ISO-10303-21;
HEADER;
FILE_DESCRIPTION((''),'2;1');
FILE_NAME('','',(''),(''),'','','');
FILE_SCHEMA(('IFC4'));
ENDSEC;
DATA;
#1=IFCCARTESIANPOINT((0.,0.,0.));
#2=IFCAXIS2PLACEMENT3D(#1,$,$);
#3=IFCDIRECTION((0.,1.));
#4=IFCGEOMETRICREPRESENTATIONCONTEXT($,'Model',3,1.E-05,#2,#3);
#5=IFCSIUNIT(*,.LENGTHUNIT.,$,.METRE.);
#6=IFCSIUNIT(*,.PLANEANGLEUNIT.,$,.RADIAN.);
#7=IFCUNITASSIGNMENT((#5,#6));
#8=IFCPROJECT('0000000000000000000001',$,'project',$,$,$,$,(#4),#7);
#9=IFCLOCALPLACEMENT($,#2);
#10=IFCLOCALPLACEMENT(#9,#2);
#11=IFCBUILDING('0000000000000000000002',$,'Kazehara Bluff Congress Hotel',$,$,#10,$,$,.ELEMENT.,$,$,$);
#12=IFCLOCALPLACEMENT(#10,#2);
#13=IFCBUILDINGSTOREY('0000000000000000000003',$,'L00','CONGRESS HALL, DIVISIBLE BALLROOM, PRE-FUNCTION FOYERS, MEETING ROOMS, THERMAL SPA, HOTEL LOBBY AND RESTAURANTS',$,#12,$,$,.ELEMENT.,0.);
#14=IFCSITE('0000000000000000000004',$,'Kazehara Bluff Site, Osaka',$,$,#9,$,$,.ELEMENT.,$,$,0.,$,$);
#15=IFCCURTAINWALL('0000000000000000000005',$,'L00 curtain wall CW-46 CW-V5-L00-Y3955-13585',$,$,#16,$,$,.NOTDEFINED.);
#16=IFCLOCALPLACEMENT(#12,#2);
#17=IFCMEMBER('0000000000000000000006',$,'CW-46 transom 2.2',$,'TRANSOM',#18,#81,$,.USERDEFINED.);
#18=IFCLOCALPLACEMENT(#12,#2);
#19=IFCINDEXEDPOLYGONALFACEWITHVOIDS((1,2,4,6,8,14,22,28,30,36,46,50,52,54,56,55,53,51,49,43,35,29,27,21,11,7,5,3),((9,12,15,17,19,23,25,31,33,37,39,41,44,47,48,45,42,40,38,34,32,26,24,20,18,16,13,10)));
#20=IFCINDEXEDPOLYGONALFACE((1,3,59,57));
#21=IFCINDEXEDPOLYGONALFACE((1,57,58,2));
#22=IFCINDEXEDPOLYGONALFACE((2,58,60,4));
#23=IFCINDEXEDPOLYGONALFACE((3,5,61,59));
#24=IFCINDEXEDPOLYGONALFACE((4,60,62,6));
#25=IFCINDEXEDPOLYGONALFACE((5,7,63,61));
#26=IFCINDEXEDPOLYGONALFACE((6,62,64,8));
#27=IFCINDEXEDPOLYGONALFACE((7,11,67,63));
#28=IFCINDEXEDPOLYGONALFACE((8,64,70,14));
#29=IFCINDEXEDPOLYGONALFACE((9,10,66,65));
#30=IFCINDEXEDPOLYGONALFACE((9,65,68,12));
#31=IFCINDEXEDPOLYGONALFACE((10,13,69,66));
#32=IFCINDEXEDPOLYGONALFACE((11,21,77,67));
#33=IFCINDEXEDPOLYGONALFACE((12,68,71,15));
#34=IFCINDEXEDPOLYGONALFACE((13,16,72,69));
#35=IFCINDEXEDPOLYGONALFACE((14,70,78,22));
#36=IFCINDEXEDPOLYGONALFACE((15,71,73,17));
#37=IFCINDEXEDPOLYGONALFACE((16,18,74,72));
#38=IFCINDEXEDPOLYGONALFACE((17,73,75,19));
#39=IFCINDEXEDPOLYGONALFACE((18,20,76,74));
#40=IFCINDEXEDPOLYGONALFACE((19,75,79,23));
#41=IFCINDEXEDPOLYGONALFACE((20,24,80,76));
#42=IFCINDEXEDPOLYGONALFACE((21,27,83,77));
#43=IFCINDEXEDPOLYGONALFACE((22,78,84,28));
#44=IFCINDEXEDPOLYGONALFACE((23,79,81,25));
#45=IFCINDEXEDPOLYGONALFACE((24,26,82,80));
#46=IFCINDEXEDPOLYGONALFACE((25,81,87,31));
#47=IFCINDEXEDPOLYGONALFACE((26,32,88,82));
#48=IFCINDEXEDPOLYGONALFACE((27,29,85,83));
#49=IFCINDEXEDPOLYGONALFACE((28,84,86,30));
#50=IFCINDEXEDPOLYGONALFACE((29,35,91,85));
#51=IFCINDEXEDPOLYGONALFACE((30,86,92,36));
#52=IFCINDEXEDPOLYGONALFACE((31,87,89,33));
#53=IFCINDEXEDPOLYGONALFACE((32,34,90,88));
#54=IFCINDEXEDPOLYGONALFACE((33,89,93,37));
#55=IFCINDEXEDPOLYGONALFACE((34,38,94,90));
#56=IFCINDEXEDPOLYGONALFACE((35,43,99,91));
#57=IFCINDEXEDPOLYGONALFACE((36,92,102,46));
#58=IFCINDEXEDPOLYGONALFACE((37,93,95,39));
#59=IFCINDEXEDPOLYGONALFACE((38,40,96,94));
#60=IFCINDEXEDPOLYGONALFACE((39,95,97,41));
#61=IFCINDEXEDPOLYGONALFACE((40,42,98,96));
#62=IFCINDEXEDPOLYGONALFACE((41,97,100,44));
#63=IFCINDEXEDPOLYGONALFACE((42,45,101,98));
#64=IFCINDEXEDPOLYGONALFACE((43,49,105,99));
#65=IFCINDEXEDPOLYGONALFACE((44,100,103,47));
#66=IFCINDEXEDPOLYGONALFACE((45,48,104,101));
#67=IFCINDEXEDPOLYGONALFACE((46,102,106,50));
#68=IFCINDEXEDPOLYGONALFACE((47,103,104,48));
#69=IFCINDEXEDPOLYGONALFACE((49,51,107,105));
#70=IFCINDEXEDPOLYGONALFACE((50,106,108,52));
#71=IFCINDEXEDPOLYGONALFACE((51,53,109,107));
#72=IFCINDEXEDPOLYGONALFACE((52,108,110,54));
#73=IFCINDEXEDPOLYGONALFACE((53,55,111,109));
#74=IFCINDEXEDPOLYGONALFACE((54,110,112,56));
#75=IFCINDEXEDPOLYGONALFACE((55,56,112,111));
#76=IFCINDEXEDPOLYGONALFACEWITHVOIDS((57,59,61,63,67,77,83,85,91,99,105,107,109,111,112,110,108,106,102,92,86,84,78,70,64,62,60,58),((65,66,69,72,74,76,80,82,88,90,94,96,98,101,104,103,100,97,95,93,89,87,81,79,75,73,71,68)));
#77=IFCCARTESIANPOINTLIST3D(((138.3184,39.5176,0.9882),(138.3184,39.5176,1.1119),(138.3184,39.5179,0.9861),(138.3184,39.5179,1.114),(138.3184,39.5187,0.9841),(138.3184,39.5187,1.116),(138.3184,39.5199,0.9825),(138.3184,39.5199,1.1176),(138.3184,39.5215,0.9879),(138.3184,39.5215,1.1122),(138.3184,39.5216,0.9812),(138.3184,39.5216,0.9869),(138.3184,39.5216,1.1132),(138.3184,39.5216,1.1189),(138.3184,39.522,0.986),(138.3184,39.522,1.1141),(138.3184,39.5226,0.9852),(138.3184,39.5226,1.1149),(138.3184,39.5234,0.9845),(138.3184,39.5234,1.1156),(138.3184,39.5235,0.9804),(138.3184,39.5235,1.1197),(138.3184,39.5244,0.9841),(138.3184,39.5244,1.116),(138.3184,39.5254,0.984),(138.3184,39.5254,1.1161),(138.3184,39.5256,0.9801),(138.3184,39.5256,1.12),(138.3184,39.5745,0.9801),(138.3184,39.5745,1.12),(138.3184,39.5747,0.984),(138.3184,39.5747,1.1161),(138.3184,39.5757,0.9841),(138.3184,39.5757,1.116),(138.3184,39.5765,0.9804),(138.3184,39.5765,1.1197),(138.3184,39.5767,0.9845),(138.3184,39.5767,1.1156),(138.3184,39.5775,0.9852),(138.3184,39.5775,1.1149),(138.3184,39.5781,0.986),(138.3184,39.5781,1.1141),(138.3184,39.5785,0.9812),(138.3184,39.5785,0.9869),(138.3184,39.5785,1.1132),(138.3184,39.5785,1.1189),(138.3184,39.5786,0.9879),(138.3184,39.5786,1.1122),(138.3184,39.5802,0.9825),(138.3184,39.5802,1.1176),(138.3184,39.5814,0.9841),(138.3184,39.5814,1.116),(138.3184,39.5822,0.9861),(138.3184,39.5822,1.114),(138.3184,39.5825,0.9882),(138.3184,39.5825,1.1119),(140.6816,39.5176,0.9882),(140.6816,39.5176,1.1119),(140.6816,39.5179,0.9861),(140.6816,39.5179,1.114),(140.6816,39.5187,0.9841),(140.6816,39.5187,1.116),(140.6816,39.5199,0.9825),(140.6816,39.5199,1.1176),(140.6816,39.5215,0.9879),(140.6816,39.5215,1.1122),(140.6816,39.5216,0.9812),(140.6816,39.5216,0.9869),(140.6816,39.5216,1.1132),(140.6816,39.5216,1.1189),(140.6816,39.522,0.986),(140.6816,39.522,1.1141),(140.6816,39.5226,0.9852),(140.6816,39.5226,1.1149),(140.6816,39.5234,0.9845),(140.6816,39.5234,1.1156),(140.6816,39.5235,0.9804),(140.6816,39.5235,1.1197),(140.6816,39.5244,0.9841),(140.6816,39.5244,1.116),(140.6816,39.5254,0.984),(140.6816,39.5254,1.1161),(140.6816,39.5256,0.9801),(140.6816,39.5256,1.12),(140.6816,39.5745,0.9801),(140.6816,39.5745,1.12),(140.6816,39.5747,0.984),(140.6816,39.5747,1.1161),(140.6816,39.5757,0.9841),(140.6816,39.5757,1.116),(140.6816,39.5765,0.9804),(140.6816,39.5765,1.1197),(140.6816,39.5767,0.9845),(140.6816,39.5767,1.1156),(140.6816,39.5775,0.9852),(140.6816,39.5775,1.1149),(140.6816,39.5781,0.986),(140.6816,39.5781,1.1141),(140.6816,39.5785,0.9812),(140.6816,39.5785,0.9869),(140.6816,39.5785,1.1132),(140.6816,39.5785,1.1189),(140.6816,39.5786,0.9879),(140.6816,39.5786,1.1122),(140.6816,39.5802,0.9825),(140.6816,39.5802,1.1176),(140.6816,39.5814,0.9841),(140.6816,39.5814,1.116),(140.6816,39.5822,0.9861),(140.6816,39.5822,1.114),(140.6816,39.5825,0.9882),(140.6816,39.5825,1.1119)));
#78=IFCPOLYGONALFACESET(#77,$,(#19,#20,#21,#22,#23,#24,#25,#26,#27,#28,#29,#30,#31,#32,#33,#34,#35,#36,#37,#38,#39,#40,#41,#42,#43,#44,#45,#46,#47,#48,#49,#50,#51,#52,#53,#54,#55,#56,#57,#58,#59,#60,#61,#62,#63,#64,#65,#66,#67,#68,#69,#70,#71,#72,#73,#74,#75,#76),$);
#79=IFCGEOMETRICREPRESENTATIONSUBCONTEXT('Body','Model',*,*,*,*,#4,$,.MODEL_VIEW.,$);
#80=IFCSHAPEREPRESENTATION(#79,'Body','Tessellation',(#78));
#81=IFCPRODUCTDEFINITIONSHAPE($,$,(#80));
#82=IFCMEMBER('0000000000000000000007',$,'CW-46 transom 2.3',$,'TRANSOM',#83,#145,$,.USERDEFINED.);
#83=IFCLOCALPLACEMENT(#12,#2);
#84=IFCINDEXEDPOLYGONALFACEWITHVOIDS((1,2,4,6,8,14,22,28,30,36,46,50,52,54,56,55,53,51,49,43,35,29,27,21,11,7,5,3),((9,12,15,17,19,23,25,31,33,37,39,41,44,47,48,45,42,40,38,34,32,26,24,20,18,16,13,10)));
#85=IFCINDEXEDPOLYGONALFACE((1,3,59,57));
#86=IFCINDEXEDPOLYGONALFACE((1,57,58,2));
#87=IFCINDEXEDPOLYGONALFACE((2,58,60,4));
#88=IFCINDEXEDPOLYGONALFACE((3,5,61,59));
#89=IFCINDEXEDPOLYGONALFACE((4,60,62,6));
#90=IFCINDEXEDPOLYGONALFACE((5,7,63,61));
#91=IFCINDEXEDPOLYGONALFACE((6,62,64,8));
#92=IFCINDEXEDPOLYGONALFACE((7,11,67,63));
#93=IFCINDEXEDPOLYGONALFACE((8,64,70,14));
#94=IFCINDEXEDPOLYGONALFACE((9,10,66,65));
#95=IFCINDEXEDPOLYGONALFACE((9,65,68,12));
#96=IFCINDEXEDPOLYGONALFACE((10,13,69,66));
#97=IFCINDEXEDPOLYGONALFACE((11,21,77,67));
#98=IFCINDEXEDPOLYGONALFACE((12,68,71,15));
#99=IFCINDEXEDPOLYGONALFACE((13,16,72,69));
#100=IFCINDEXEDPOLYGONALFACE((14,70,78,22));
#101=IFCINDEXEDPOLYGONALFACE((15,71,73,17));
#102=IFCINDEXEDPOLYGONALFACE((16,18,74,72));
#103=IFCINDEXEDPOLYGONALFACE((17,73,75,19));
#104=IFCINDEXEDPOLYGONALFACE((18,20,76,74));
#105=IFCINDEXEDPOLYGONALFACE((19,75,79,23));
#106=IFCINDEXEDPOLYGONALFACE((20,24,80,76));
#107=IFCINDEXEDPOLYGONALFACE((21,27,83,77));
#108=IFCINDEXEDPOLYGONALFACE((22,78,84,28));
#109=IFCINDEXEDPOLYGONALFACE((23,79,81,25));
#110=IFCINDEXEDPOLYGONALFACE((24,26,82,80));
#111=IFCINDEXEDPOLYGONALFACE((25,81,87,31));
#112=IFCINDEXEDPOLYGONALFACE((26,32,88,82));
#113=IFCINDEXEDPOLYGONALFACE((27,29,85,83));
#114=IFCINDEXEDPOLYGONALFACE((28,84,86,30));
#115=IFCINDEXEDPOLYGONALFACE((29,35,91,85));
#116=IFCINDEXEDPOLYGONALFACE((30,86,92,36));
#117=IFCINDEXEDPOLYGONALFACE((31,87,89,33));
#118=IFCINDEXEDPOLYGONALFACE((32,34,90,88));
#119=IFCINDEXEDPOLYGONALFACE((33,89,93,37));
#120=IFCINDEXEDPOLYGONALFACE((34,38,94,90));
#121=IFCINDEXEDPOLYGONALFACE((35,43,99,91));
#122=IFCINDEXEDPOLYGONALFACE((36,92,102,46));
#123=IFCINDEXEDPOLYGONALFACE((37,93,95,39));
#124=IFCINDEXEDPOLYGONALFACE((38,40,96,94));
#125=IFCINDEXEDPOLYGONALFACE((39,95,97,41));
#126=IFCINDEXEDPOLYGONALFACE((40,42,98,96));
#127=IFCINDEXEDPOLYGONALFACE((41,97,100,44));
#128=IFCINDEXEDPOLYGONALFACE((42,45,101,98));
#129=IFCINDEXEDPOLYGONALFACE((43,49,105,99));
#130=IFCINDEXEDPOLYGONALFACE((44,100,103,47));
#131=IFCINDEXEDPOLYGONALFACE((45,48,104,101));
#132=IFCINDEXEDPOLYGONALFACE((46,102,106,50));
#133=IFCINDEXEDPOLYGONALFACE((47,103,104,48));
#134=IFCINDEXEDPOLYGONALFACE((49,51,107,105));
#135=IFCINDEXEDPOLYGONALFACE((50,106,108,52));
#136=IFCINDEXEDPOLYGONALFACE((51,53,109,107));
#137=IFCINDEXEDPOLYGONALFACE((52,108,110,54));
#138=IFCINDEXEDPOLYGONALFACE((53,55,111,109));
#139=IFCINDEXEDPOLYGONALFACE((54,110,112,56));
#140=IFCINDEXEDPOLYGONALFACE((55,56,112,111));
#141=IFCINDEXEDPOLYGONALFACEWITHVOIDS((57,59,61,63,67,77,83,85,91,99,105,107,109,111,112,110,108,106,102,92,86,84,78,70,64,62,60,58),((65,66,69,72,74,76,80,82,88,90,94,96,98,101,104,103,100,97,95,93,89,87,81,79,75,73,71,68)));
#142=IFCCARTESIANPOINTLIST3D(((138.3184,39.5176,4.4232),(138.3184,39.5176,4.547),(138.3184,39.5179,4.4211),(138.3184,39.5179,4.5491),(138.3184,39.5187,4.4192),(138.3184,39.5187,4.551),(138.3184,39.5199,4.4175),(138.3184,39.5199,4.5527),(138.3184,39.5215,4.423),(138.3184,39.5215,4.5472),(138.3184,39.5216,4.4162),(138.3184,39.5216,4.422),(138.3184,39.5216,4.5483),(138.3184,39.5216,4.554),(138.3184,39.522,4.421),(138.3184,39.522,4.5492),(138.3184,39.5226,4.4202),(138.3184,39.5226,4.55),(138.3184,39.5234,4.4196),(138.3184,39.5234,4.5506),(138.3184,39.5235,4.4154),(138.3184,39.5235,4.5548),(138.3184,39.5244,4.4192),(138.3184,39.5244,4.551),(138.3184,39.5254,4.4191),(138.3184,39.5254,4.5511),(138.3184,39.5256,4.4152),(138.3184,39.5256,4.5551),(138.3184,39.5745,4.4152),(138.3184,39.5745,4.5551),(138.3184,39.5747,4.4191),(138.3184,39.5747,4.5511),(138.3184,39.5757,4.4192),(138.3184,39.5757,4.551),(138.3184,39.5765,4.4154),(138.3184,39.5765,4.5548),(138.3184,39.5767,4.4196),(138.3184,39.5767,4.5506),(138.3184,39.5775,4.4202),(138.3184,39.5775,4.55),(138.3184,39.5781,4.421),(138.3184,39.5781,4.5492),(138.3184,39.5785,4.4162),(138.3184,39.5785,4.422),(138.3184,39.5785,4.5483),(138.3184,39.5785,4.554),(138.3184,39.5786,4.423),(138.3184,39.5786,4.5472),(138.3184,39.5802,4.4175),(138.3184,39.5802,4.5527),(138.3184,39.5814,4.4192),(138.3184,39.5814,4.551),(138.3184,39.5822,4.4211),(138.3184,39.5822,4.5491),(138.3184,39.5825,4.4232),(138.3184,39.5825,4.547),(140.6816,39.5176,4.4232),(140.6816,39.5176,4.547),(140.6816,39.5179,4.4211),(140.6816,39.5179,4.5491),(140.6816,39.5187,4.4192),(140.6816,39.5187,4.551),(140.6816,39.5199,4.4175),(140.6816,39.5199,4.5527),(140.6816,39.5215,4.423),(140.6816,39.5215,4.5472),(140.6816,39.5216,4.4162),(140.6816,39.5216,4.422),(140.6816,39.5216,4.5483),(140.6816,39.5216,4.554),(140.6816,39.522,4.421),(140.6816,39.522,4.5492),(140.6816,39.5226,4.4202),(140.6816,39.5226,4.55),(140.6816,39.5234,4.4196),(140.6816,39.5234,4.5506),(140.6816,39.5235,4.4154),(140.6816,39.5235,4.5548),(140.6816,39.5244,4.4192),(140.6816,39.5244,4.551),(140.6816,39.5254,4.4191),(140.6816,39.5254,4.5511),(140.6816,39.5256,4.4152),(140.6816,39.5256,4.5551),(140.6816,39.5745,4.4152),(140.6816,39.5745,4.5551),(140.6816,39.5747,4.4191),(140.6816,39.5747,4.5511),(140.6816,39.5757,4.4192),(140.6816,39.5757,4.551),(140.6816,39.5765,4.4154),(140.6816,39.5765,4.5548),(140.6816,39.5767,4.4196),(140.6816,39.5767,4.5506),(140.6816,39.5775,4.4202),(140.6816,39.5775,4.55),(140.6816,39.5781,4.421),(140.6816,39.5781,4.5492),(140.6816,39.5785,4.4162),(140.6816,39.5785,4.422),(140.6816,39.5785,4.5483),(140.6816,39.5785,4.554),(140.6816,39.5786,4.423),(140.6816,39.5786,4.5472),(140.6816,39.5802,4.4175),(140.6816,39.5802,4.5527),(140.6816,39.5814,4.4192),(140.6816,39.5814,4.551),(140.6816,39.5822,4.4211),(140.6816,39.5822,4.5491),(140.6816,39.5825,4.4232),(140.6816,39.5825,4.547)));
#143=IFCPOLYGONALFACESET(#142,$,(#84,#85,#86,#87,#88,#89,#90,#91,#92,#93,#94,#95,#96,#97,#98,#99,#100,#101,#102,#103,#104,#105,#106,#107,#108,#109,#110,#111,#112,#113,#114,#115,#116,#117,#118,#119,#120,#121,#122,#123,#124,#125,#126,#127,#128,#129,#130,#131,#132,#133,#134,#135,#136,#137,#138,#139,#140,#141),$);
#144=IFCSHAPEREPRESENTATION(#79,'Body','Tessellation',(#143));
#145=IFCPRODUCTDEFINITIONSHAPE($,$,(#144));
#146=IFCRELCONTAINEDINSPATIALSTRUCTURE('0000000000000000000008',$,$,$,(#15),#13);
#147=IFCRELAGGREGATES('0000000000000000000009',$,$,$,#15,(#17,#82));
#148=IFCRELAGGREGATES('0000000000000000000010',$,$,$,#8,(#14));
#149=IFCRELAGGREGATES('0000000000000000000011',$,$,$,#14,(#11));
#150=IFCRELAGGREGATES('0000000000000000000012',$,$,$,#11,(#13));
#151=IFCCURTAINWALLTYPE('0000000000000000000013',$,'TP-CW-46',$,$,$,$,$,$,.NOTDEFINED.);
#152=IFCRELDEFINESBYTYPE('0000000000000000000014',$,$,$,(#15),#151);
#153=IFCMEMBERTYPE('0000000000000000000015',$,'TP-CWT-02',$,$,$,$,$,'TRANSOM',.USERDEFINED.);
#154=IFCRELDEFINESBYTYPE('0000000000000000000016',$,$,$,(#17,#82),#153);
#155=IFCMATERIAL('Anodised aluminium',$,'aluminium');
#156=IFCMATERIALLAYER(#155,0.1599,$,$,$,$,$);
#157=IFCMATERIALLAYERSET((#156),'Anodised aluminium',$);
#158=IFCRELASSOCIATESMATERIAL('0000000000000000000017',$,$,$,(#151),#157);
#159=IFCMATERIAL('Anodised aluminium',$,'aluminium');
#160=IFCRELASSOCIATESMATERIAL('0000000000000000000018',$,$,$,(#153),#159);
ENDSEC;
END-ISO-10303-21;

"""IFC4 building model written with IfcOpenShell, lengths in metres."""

from ifc_helpers import new_model, si_unit, direction, frame, origin, origin_2d, place, context, subcontext, project, spatial, hollow_rectangle, extrude, material, layer, layer_set, material_profile, profile_set, type_object, element, aggregate, save


model = new_model("IFC4")

# Units and contexts
model_context = context("Model", 3, precision=1e-05, world=origin(), true_north=direction((0.0, 1.0)))
body_context = subcontext(model_context, "Body", "Model", "MODEL_VIEW")
ifc_project = project(units=[si_unit("LENGTHUNIT", "METRE"), si_unit("PLANEANGLEUNIT", "RADIAN")], contexts=[model_context])

# Site, building, storey
site_placement = place(None, origin())
site = spatial("IfcSite", under=ifc_project, at=site_placement, Name="Kazehara Bluff Site, Osaka", CompositionType="ELEMENT", RefElevation=0.0)
building_placement = place(site_placement, origin())
building = spatial("IfcBuilding", under=site, at=building_placement, Name="Kazehara Bluff Congress Hotel", CompositionType="ELEMENT")
storey_placement = place(building_placement, origin())
storey = spatial("IfcBuildingStorey", under=building, at=storey_placement, Name="L00", Description="CONGRESS HALL, DIVISIBLE BALLROOM, PRE-FUNCTION FOYERS, MEETING ROOMS, THERMAL SPA, HOTEL LOBBY AND RESTAURANTS", CompositionType="ELEMENT", Elevation=0.0)

# Curtain wall, members
ifc_material_1 = material(Name="Anodised aluminium", Category="aluminium")
ifc_layer_1 = layer(ifc_material_1, 0.1599)
ifc_layer_set_1 = layer_set([ifc_layer_1], Name="Anodised aluminium")
curtain_wall_type = type_object("IfcCurtainWallType", Name="TP-CW-46", PredefinedType="NOTDEFINED", material=ifc_layer_set_1)
curtain_wall_placement = place(storey_placement, origin())
curtain_wall = element("IfcCurtainWall", 1, at=curtain_wall_placement, inside=storey, type_object=curtain_wall_type, Name="L00 curtain wall CW-46 CW-V5-L00-Y3955-13585", PredefinedType="NOTDEFINED")
ifc_material_2 = material(Name="Anodised aluminium", Category="aluminium")
ifc_material_profile_1 = material_profile(ifc_material_2, hollow_rectangle(XDim=0.0649, YDim=0.1399, WallThickness=0.0039, InnerFilletRadius=0.0039, OuterFilletRadius=0.0081, at=origin_2d()))
ifc_profile_set_1 = profile_set([ifc_material_profile_1], Name="Anodised aluminium")
member_type_1 = type_object("IfcMemberType", Name="TP-CWT-02", ElementType="TRANSOM", PredefinedType="USERDEFINED", material=ifc_profile_set_1)
member_1_placement = place(storey_placement, frame((138.3184, 39.55, 1.05), z_axis=(1.0, 0.0, 0.0), x_axis=(0.0, 1.0, 0.0)))
member_1 = element("IfcMember", 2, at=member_1_placement, type_object=member_type_1, Name="CW-46 transom 2.2", ObjectType="TRANSOM", PredefinedType="USERDEFINED", context=body_context, shape_type="SweptSolid", body=[
    extrude(hollow_rectangle(XDim=0.0649, YDim=0.1399, WallThickness=0.0039, InnerFilletRadius=0.0039, OuterFilletRadius=0.0081, at=origin_2d()), origin(), (0.0, 0.0, 1.0), 2.3633),
])
member_2_placement = place(storey_placement, frame((138.3184, 39.55, 4.4851), z_axis=(1.0, 0.0, 0.0), x_axis=(0.0, 1.0, 0.0)))
member_2 = element("IfcMember", 3, at=member_2_placement, type_object=member_type_1, Name="CW-46 transom 2.3", ObjectType="TRANSOM", PredefinedType="USERDEFINED", context=body_context, shape_type="SweptSolid", body=[
    extrude(hollow_rectangle(XDim=0.0649, YDim=0.1399, WallThickness=0.0039, InnerFilletRadius=0.0039, OuterFilletRadius=0.0081, at=origin_2d()), origin(), (0.0, 0.0, 1.0), 2.3633),
])

aggregate(curtain_wall, [member_1, member_2])

save(model, "model.ifc")
